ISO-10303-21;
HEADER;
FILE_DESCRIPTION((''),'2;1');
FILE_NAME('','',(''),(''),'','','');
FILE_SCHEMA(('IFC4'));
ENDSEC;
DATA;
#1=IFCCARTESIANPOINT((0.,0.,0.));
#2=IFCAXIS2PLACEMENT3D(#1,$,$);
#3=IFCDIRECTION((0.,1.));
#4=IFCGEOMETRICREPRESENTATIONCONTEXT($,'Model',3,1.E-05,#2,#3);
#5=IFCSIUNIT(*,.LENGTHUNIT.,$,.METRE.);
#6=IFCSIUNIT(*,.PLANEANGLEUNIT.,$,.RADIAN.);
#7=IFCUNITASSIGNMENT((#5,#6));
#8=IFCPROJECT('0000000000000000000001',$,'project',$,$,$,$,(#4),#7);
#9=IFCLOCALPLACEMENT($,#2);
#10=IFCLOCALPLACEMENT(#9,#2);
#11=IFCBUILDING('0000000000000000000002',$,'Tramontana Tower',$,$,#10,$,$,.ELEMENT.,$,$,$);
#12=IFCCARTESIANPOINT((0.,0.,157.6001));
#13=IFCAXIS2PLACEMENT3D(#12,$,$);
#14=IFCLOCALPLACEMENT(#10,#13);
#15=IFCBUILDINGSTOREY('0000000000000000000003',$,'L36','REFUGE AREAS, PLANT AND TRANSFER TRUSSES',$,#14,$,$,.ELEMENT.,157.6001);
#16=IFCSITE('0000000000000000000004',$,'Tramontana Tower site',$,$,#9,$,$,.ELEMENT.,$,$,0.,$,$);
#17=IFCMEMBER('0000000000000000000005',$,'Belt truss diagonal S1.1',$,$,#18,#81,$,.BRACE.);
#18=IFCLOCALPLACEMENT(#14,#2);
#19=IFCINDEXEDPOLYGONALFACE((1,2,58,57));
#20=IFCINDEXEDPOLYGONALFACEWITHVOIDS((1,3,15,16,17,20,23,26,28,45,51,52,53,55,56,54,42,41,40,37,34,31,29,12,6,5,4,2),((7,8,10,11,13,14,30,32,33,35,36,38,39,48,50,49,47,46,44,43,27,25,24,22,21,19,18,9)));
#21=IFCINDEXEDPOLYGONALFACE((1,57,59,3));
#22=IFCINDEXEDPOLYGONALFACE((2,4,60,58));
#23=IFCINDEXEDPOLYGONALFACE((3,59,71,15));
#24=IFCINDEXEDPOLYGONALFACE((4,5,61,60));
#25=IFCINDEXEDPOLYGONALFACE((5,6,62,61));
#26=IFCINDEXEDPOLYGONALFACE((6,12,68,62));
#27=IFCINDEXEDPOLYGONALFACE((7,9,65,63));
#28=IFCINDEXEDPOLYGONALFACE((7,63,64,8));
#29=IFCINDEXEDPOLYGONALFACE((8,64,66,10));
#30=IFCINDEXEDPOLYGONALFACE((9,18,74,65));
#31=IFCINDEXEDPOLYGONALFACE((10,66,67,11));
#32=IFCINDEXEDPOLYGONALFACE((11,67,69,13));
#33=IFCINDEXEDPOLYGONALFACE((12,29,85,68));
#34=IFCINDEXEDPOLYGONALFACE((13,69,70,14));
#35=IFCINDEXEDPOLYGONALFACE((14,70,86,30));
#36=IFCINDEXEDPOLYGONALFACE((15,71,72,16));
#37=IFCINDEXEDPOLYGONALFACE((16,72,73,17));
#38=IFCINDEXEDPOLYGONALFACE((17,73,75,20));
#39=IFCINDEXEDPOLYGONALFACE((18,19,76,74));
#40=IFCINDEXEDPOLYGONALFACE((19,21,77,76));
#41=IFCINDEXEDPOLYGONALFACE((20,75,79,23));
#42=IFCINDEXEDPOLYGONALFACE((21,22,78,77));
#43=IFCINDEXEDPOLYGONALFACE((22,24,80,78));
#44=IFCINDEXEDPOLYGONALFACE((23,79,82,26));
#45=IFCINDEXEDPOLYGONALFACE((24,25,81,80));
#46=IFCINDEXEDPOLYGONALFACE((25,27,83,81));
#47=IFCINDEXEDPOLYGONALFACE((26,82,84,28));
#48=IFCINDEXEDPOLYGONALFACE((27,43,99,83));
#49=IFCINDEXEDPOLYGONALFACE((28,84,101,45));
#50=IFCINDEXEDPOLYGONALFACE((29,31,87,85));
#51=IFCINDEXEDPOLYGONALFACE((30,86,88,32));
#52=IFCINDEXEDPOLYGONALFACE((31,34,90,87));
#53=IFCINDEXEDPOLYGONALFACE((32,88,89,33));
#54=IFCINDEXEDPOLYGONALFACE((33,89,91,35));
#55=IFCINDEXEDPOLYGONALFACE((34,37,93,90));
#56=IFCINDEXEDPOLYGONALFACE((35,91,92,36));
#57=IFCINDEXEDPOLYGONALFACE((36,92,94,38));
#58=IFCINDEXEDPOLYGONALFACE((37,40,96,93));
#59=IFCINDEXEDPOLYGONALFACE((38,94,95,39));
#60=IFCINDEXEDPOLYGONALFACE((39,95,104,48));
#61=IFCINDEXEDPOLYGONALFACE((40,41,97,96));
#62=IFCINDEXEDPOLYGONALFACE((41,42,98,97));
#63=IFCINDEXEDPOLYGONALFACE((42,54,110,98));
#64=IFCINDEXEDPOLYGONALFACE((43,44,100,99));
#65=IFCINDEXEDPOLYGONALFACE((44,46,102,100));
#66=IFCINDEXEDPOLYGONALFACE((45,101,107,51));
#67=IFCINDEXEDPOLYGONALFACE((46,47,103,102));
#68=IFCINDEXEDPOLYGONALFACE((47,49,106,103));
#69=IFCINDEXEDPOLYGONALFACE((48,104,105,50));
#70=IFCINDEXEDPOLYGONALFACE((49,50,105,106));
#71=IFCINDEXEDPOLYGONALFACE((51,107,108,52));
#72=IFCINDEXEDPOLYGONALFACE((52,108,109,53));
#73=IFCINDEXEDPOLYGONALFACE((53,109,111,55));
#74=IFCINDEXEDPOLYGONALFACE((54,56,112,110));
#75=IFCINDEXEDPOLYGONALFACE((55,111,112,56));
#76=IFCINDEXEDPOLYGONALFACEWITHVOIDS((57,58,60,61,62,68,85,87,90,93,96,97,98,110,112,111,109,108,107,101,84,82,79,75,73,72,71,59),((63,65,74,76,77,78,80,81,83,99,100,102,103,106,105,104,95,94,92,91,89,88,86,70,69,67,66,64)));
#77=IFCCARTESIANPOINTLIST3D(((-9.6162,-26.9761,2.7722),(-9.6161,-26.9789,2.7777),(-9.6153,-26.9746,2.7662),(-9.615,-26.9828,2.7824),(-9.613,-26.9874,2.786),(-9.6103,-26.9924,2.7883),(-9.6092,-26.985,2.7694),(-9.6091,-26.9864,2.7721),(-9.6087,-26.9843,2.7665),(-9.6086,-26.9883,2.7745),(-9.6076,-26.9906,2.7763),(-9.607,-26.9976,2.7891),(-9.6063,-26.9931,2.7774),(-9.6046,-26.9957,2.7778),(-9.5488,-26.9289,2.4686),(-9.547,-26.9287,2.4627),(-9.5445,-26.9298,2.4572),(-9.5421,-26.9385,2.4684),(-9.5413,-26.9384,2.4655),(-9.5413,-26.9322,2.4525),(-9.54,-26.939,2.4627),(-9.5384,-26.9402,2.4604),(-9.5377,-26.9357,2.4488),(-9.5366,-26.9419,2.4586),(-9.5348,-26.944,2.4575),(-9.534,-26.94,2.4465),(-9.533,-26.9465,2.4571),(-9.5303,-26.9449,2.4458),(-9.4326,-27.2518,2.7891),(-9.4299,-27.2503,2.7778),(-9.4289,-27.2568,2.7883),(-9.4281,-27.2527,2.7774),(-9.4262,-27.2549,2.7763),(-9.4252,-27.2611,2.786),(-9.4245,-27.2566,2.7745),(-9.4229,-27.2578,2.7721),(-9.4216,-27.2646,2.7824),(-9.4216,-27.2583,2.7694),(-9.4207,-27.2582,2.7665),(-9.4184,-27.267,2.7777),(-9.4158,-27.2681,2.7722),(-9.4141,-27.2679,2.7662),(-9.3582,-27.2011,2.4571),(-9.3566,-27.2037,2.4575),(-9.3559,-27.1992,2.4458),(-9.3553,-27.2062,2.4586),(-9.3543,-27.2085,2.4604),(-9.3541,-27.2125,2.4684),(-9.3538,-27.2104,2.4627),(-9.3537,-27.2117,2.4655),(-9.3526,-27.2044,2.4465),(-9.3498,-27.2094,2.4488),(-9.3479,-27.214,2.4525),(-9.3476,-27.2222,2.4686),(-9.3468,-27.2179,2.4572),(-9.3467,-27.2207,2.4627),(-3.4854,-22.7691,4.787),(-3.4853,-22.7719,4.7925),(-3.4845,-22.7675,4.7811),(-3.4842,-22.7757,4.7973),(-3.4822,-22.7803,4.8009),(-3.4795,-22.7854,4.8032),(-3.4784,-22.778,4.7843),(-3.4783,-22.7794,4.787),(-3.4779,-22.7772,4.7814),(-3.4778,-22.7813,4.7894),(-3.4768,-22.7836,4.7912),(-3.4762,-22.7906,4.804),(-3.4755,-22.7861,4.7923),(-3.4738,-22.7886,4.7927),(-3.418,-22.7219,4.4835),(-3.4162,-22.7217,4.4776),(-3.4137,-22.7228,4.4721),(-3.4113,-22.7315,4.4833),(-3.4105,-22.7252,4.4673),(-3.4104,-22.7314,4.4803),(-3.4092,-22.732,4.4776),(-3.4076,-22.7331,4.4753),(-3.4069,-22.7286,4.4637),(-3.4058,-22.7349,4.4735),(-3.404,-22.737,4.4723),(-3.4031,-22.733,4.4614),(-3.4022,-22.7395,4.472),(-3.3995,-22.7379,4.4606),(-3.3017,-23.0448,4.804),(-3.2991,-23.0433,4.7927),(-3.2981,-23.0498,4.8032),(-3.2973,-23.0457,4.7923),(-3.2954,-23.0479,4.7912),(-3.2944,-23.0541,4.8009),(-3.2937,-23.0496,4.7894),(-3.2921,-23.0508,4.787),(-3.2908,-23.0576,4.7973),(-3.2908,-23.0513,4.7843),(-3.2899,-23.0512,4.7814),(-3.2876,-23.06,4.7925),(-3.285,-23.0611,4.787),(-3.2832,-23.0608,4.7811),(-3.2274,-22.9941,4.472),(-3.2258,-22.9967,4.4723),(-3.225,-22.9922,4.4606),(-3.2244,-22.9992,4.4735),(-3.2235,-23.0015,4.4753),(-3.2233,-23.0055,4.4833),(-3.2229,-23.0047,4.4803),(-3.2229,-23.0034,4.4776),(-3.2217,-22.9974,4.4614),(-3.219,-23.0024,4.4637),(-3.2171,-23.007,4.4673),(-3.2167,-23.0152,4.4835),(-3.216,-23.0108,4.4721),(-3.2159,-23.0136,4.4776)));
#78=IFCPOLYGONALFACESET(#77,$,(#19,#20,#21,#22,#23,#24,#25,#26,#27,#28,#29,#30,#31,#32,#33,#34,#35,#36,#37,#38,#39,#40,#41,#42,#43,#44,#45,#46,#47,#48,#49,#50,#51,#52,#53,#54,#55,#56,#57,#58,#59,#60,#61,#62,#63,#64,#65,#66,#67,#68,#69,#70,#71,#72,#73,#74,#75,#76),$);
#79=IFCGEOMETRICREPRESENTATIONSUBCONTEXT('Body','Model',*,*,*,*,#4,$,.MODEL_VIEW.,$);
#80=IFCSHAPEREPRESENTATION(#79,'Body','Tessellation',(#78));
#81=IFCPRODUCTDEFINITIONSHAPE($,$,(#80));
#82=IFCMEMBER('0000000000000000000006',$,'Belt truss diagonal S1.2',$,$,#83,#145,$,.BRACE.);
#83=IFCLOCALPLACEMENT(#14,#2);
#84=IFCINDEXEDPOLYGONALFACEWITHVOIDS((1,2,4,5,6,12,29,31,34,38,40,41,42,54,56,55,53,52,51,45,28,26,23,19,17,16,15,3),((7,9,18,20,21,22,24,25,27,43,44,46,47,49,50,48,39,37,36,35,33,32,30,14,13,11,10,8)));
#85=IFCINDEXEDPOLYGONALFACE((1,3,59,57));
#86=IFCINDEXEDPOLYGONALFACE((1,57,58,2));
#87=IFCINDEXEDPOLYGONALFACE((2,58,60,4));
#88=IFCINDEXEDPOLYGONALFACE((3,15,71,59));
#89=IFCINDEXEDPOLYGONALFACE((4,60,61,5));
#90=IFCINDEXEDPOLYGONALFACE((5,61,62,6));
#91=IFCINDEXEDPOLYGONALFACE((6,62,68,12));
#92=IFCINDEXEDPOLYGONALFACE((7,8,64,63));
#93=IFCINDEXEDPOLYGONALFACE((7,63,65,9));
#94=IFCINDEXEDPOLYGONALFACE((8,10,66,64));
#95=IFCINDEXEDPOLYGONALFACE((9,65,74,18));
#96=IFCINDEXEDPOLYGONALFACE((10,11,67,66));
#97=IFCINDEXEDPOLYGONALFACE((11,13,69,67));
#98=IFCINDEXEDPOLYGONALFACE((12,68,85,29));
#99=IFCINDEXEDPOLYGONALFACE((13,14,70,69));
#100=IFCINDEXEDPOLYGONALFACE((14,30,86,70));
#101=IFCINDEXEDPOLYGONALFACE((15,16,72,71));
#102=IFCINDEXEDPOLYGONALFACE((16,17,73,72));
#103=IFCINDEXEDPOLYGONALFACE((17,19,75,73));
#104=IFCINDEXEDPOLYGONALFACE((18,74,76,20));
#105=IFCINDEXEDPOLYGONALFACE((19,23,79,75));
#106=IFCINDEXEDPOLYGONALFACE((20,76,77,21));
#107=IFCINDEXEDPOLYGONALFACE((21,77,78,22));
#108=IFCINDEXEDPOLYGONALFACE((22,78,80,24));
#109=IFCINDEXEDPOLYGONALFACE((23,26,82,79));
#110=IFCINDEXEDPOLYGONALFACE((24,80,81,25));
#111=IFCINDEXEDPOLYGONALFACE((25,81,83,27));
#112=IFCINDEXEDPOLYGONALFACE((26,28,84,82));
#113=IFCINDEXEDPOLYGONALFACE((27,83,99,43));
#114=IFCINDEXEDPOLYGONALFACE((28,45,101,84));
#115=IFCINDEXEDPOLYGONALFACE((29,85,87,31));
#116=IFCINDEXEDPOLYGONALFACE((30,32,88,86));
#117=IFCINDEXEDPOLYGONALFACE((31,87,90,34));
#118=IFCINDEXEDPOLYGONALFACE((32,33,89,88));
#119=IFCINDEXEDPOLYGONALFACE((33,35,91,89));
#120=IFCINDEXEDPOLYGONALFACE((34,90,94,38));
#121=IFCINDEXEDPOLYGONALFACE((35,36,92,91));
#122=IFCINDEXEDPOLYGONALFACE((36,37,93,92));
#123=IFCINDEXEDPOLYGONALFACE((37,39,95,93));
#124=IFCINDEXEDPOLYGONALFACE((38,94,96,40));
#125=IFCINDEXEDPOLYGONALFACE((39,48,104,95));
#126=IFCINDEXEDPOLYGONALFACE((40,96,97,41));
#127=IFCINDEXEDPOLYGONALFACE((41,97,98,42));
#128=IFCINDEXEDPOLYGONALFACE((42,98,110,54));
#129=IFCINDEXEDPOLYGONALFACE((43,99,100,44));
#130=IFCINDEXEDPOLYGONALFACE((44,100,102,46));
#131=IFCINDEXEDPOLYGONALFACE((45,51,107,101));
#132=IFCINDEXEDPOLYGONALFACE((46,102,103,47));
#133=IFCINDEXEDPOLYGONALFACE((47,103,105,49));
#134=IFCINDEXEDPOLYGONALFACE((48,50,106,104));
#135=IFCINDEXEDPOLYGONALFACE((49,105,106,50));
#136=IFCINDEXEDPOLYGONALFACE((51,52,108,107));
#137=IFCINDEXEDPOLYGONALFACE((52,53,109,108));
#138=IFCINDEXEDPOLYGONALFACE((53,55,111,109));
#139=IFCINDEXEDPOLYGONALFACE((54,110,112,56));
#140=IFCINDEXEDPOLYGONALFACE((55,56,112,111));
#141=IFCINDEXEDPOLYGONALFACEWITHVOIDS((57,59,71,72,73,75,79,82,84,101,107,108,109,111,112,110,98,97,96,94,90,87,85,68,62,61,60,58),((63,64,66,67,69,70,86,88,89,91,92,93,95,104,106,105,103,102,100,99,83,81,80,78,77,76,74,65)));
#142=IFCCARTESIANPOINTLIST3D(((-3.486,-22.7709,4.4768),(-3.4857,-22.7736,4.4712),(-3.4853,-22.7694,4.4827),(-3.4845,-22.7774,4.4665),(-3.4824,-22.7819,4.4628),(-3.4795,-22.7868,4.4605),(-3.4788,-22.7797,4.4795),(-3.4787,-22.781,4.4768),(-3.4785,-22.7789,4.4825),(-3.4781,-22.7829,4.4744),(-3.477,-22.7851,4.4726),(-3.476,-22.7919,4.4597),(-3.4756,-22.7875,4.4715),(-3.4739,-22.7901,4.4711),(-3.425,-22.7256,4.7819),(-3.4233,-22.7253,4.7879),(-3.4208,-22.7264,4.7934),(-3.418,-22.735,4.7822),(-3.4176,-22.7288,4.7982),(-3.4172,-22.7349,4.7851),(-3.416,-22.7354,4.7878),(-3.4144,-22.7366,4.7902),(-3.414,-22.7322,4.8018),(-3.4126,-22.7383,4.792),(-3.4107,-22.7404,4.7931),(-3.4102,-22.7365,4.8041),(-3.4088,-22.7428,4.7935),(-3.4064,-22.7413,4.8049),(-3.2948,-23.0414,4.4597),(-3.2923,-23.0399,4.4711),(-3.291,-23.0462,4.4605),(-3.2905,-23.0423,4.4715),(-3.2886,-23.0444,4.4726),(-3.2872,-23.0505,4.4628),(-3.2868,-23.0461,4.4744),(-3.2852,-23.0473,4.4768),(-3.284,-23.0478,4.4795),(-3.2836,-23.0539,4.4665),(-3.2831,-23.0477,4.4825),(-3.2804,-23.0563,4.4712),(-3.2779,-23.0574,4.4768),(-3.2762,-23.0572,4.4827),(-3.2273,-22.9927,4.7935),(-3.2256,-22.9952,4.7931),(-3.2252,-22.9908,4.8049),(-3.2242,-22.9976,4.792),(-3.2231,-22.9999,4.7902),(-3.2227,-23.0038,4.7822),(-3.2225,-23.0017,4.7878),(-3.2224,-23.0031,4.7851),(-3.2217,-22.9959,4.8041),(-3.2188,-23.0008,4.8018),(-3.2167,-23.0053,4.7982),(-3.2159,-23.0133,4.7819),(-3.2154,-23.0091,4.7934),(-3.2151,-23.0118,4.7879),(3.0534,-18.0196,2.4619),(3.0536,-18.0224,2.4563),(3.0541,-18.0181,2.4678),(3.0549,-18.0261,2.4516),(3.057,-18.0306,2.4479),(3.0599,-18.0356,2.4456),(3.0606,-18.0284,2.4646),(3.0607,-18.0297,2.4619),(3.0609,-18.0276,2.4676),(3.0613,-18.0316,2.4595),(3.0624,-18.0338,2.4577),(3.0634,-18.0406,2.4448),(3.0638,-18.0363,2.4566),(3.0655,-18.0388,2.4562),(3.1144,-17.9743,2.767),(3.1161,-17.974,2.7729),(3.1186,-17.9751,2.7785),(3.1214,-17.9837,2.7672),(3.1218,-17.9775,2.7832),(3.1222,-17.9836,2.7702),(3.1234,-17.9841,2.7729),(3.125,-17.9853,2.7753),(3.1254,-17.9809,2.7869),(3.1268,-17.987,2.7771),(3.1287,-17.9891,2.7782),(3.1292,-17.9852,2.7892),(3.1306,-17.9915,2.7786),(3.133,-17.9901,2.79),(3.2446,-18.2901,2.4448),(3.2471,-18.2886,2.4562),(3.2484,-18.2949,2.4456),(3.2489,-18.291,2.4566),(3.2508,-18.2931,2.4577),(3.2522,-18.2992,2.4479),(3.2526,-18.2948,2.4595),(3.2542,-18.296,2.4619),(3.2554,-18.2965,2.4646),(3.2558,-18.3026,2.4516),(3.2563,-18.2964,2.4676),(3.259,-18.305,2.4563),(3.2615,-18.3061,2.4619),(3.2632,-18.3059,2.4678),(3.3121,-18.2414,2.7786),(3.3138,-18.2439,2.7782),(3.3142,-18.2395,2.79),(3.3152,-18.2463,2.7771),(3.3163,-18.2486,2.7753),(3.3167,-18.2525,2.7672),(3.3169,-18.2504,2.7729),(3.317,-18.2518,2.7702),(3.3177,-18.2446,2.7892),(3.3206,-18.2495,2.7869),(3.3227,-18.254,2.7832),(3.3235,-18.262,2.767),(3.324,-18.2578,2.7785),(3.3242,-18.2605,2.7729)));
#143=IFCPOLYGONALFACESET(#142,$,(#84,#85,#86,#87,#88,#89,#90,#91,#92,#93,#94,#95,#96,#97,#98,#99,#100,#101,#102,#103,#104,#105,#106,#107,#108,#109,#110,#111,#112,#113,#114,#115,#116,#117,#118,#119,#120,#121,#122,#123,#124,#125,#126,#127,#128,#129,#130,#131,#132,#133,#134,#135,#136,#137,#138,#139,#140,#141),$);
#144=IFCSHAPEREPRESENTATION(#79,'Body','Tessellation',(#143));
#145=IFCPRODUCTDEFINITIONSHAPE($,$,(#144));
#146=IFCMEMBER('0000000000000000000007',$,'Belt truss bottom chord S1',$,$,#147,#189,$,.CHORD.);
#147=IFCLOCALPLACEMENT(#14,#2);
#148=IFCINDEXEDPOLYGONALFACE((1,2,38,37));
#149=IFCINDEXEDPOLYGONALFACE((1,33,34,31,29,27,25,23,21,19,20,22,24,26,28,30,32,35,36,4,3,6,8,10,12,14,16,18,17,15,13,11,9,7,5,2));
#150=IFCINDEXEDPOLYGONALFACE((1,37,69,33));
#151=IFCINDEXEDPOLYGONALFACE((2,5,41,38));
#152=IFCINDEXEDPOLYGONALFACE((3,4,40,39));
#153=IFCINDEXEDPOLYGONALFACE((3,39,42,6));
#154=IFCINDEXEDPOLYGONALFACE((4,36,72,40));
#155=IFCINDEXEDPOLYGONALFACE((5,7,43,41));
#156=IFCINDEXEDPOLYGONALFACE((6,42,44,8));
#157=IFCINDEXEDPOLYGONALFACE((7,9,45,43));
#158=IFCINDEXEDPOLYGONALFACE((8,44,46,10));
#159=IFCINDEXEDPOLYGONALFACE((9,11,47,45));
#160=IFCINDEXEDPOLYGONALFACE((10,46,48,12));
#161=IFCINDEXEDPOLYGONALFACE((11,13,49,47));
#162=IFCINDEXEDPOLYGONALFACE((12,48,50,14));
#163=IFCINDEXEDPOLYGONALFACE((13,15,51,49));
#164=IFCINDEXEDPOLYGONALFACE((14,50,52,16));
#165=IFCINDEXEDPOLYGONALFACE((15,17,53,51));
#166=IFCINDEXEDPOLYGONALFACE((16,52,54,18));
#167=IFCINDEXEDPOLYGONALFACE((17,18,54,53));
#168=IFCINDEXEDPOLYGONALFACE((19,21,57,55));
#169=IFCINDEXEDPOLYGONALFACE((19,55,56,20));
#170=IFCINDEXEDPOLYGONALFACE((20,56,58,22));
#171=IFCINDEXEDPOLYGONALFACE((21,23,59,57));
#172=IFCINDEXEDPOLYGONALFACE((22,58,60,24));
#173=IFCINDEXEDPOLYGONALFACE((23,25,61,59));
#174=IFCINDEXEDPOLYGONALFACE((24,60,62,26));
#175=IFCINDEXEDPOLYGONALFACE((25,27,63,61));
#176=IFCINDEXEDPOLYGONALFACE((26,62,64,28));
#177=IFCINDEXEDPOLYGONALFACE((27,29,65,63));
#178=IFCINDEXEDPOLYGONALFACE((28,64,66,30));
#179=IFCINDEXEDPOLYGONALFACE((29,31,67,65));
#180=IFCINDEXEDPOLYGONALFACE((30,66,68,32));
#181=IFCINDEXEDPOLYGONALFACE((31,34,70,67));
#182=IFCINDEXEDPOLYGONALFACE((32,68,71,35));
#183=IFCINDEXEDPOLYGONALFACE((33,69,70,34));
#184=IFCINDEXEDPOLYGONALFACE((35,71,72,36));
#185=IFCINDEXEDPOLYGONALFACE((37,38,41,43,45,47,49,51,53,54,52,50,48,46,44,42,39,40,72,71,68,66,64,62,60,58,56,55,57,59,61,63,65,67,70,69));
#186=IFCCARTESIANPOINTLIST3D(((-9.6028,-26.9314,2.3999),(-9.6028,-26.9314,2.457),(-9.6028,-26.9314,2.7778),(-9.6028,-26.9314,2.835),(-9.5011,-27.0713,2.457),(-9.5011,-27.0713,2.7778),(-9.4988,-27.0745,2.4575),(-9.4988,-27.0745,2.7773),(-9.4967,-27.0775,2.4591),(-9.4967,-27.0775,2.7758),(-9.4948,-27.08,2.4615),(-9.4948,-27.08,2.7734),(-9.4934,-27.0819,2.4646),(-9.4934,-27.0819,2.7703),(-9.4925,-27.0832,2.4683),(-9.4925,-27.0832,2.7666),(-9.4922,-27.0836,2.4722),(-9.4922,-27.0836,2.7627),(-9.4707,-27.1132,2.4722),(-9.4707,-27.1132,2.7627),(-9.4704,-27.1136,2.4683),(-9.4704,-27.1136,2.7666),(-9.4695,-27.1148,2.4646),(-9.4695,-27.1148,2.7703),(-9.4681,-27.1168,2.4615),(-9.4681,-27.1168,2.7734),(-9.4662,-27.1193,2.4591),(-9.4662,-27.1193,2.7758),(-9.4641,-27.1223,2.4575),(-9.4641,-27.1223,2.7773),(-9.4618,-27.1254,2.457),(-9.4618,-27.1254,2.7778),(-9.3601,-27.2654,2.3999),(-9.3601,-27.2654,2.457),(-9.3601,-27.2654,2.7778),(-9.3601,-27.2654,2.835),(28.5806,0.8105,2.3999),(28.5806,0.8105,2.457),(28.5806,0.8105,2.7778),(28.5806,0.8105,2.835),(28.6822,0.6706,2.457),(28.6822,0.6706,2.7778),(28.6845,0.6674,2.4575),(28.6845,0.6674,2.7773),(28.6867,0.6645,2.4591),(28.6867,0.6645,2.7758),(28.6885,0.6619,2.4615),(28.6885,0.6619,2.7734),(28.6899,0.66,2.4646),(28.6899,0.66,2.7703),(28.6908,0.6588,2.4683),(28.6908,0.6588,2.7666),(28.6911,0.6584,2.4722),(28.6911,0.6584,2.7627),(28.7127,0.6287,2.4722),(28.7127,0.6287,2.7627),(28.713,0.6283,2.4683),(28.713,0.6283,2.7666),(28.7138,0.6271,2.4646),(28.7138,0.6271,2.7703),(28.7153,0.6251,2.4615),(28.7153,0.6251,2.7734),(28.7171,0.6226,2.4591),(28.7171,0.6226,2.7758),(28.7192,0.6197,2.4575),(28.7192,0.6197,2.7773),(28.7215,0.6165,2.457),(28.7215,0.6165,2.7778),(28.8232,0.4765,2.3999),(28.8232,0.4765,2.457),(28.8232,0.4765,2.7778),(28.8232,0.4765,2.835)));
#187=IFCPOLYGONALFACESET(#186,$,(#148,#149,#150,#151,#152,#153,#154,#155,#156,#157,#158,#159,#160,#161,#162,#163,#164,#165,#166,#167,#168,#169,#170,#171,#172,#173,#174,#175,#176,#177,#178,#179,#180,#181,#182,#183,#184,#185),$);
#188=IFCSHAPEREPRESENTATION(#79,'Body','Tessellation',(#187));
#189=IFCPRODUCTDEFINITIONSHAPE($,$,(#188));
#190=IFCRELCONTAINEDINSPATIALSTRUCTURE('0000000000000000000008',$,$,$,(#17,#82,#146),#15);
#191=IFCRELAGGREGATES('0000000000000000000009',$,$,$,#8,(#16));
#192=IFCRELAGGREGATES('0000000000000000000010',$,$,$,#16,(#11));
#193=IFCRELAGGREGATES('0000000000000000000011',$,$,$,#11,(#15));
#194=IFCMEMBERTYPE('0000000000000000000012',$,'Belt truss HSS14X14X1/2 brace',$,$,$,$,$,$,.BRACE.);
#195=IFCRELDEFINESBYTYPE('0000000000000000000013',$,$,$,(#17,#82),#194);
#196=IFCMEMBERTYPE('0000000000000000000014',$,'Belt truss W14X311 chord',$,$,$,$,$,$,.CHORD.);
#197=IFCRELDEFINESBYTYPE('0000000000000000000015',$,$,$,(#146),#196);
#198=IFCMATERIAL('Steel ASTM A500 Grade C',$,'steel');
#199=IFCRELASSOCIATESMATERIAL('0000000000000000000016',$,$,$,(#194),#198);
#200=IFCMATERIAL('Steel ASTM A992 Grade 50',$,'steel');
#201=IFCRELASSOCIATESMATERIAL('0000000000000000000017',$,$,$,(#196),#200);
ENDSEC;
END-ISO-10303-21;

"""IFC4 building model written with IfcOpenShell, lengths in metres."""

from ifc_helpers import new_model, si_unit, direction, frame, origin, origin_2d, place, context, subcontext, project, spatial, hollow_rectangle, i_section, extrude, material, material_profile, profile_set, type_object, element, save


model = new_model("IFC4")

# Units and contexts
model_context = context("Model", 3, precision=1e-05, world=origin(), true_north=direction((0.0, 1.0)))
body_context = subcontext(model_context, "Body", "Model", "MODEL_VIEW")
ifc_project = project(units=[si_unit("LENGTHUNIT", "METRE"), si_unit("PLANEANGLEUNIT", "RADIAN")], contexts=[model_context])

# Site, building, storey
site_placement = place(None, origin())
site = spatial("IfcSite", under=ifc_project, at=site_placement, Name="Tramontana Tower site", CompositionType="ELEMENT", RefElevation=0.0)
building_placement = place(site_placement, origin())
building = spatial("IfcBuilding", under=site, at=building_placement, Name="Tramontana Tower", CompositionType="ELEMENT")
storey_placement = place(building_placement, frame((0.0, 0.0, 157.6001)))
storey = spatial("IfcBuildingStorey", under=building, at=storey_placement, Name="L36", Description="REFUGE AREAS, PLANT AND TRANSFER TRUSSES", CompositionType="ELEMENT", Elevation=157.6001)

# Members
ifc_material_1 = material(Name="Steel ASTM A500 Grade C", Category="steel")
ifc_material_profile_1 = material_profile(ifc_material_1, hollow_rectangle(XDim=0.3557, YDim=0.3557, WallThickness=0.0117, InnerFilletRadius=0.0117, OuterFilletRadius=0.0237, at=origin_2d()), Name="HSS14X14X1/2")
ifc_profile_set_1 = profile_set([ifc_material_profile_1], Name="Steel ASTM A500 Grade C")
member_type_1 = type_object("IfcMemberType", Name="Belt truss HSS14X14X1/2 brace", PredefinedType="BRACE", material=ifc_profile_set_1)
member_1_placement = place(storey_placement, frame((-9.4814, -27.0984, 2.6174), z_axis=(0.795837, 0.546108, 0.26155), x_axis=(-0.565804, 0.82454, 0.0)))
element("IfcMember", 1, at=member_1_placement, inside=storey, type_object=member_type_1, Name="Belt truss diagonal S1.1", PredefinedType="BRACE", context=body_context, shape_type="SweptSolid", body=[
    extrude(hollow_rectangle(XDim=0.3557, YDim=0.3557, WallThickness=0.0117, InnerFilletRadius=0.0117, OuterFilletRadius=0.0237, at=origin_2d()), origin(), (0.0, 0.0, 1.0), 7.7036),
])
member_2_placement = place(storey_placement, frame((-3.3506, -22.8914, 4.6323), z_axis=(0.784988, 0.570344, -0.241871), x_axis=(-0.587796, 0.809009, 0.0)))
element("IfcMember", 2, at=member_2_placement, inside=storey, type_object=member_type_1, Name="Belt truss diagonal S1.2", PredefinedType="BRACE", context=body_context, shape_type="SweptSolid", body=[
    extrude(hollow_rectangle(XDim=0.3557, YDim=0.3557, WallThickness=0.0117, InnerFilletRadius=0.0117, OuterFilletRadius=0.0237, at=origin_2d()), origin(), (0.0, 0.0, 1.0), 8.3306),
])
ifc_material_2 = material(Name="Steel ASTM A992 Grade 50", Category="steel")
ifc_material_profile_2 = material_profile(ifc_material_2, i_section(OverallWidth=0.4128, OverallDepth=0.4351, WebThickness=0.0366, FlangeThickness=0.0571, FilletRadius=0.0151, at=origin_2d()), Name="W14X311")
ifc_profile_set_2 = profile_set([ifc_material_profile_2], Name="Steel ASTM A992 Grade 50")
member_type_2 = type_object("IfcMemberType", Name="Belt truss W14X311 chord", PredefinedType="CHORD", material=ifc_profile_set_2)
for number, where, z_axis, x_axis, name in (
    (3, (-9.4814, -27.0984, 2.6174), (0.809016, 0.587787, 0.0), (-0.587787, 0.809016, 0.0), "Belt truss bottom chord S1"),
):
    element("IfcMember", number, at=place(storey_placement, frame(where, z_axis=z_axis, x_axis=x_axis)), inside=storey, type_object=member_type_2, Name=name, PredefinedType="CHORD", context=body_context, shape_type="SweptSolid", body=[
        extrude(i_section(OverallWidth=0.4128, OverallDepth=0.4351, WebThickness=0.0366, FlangeThickness=0.0571, FilletRadius=0.0151, at=origin_2d()), origin(), (0.0, 0.0, 1.0), 47.1973),
    ])

save(model, "model.ifc")
